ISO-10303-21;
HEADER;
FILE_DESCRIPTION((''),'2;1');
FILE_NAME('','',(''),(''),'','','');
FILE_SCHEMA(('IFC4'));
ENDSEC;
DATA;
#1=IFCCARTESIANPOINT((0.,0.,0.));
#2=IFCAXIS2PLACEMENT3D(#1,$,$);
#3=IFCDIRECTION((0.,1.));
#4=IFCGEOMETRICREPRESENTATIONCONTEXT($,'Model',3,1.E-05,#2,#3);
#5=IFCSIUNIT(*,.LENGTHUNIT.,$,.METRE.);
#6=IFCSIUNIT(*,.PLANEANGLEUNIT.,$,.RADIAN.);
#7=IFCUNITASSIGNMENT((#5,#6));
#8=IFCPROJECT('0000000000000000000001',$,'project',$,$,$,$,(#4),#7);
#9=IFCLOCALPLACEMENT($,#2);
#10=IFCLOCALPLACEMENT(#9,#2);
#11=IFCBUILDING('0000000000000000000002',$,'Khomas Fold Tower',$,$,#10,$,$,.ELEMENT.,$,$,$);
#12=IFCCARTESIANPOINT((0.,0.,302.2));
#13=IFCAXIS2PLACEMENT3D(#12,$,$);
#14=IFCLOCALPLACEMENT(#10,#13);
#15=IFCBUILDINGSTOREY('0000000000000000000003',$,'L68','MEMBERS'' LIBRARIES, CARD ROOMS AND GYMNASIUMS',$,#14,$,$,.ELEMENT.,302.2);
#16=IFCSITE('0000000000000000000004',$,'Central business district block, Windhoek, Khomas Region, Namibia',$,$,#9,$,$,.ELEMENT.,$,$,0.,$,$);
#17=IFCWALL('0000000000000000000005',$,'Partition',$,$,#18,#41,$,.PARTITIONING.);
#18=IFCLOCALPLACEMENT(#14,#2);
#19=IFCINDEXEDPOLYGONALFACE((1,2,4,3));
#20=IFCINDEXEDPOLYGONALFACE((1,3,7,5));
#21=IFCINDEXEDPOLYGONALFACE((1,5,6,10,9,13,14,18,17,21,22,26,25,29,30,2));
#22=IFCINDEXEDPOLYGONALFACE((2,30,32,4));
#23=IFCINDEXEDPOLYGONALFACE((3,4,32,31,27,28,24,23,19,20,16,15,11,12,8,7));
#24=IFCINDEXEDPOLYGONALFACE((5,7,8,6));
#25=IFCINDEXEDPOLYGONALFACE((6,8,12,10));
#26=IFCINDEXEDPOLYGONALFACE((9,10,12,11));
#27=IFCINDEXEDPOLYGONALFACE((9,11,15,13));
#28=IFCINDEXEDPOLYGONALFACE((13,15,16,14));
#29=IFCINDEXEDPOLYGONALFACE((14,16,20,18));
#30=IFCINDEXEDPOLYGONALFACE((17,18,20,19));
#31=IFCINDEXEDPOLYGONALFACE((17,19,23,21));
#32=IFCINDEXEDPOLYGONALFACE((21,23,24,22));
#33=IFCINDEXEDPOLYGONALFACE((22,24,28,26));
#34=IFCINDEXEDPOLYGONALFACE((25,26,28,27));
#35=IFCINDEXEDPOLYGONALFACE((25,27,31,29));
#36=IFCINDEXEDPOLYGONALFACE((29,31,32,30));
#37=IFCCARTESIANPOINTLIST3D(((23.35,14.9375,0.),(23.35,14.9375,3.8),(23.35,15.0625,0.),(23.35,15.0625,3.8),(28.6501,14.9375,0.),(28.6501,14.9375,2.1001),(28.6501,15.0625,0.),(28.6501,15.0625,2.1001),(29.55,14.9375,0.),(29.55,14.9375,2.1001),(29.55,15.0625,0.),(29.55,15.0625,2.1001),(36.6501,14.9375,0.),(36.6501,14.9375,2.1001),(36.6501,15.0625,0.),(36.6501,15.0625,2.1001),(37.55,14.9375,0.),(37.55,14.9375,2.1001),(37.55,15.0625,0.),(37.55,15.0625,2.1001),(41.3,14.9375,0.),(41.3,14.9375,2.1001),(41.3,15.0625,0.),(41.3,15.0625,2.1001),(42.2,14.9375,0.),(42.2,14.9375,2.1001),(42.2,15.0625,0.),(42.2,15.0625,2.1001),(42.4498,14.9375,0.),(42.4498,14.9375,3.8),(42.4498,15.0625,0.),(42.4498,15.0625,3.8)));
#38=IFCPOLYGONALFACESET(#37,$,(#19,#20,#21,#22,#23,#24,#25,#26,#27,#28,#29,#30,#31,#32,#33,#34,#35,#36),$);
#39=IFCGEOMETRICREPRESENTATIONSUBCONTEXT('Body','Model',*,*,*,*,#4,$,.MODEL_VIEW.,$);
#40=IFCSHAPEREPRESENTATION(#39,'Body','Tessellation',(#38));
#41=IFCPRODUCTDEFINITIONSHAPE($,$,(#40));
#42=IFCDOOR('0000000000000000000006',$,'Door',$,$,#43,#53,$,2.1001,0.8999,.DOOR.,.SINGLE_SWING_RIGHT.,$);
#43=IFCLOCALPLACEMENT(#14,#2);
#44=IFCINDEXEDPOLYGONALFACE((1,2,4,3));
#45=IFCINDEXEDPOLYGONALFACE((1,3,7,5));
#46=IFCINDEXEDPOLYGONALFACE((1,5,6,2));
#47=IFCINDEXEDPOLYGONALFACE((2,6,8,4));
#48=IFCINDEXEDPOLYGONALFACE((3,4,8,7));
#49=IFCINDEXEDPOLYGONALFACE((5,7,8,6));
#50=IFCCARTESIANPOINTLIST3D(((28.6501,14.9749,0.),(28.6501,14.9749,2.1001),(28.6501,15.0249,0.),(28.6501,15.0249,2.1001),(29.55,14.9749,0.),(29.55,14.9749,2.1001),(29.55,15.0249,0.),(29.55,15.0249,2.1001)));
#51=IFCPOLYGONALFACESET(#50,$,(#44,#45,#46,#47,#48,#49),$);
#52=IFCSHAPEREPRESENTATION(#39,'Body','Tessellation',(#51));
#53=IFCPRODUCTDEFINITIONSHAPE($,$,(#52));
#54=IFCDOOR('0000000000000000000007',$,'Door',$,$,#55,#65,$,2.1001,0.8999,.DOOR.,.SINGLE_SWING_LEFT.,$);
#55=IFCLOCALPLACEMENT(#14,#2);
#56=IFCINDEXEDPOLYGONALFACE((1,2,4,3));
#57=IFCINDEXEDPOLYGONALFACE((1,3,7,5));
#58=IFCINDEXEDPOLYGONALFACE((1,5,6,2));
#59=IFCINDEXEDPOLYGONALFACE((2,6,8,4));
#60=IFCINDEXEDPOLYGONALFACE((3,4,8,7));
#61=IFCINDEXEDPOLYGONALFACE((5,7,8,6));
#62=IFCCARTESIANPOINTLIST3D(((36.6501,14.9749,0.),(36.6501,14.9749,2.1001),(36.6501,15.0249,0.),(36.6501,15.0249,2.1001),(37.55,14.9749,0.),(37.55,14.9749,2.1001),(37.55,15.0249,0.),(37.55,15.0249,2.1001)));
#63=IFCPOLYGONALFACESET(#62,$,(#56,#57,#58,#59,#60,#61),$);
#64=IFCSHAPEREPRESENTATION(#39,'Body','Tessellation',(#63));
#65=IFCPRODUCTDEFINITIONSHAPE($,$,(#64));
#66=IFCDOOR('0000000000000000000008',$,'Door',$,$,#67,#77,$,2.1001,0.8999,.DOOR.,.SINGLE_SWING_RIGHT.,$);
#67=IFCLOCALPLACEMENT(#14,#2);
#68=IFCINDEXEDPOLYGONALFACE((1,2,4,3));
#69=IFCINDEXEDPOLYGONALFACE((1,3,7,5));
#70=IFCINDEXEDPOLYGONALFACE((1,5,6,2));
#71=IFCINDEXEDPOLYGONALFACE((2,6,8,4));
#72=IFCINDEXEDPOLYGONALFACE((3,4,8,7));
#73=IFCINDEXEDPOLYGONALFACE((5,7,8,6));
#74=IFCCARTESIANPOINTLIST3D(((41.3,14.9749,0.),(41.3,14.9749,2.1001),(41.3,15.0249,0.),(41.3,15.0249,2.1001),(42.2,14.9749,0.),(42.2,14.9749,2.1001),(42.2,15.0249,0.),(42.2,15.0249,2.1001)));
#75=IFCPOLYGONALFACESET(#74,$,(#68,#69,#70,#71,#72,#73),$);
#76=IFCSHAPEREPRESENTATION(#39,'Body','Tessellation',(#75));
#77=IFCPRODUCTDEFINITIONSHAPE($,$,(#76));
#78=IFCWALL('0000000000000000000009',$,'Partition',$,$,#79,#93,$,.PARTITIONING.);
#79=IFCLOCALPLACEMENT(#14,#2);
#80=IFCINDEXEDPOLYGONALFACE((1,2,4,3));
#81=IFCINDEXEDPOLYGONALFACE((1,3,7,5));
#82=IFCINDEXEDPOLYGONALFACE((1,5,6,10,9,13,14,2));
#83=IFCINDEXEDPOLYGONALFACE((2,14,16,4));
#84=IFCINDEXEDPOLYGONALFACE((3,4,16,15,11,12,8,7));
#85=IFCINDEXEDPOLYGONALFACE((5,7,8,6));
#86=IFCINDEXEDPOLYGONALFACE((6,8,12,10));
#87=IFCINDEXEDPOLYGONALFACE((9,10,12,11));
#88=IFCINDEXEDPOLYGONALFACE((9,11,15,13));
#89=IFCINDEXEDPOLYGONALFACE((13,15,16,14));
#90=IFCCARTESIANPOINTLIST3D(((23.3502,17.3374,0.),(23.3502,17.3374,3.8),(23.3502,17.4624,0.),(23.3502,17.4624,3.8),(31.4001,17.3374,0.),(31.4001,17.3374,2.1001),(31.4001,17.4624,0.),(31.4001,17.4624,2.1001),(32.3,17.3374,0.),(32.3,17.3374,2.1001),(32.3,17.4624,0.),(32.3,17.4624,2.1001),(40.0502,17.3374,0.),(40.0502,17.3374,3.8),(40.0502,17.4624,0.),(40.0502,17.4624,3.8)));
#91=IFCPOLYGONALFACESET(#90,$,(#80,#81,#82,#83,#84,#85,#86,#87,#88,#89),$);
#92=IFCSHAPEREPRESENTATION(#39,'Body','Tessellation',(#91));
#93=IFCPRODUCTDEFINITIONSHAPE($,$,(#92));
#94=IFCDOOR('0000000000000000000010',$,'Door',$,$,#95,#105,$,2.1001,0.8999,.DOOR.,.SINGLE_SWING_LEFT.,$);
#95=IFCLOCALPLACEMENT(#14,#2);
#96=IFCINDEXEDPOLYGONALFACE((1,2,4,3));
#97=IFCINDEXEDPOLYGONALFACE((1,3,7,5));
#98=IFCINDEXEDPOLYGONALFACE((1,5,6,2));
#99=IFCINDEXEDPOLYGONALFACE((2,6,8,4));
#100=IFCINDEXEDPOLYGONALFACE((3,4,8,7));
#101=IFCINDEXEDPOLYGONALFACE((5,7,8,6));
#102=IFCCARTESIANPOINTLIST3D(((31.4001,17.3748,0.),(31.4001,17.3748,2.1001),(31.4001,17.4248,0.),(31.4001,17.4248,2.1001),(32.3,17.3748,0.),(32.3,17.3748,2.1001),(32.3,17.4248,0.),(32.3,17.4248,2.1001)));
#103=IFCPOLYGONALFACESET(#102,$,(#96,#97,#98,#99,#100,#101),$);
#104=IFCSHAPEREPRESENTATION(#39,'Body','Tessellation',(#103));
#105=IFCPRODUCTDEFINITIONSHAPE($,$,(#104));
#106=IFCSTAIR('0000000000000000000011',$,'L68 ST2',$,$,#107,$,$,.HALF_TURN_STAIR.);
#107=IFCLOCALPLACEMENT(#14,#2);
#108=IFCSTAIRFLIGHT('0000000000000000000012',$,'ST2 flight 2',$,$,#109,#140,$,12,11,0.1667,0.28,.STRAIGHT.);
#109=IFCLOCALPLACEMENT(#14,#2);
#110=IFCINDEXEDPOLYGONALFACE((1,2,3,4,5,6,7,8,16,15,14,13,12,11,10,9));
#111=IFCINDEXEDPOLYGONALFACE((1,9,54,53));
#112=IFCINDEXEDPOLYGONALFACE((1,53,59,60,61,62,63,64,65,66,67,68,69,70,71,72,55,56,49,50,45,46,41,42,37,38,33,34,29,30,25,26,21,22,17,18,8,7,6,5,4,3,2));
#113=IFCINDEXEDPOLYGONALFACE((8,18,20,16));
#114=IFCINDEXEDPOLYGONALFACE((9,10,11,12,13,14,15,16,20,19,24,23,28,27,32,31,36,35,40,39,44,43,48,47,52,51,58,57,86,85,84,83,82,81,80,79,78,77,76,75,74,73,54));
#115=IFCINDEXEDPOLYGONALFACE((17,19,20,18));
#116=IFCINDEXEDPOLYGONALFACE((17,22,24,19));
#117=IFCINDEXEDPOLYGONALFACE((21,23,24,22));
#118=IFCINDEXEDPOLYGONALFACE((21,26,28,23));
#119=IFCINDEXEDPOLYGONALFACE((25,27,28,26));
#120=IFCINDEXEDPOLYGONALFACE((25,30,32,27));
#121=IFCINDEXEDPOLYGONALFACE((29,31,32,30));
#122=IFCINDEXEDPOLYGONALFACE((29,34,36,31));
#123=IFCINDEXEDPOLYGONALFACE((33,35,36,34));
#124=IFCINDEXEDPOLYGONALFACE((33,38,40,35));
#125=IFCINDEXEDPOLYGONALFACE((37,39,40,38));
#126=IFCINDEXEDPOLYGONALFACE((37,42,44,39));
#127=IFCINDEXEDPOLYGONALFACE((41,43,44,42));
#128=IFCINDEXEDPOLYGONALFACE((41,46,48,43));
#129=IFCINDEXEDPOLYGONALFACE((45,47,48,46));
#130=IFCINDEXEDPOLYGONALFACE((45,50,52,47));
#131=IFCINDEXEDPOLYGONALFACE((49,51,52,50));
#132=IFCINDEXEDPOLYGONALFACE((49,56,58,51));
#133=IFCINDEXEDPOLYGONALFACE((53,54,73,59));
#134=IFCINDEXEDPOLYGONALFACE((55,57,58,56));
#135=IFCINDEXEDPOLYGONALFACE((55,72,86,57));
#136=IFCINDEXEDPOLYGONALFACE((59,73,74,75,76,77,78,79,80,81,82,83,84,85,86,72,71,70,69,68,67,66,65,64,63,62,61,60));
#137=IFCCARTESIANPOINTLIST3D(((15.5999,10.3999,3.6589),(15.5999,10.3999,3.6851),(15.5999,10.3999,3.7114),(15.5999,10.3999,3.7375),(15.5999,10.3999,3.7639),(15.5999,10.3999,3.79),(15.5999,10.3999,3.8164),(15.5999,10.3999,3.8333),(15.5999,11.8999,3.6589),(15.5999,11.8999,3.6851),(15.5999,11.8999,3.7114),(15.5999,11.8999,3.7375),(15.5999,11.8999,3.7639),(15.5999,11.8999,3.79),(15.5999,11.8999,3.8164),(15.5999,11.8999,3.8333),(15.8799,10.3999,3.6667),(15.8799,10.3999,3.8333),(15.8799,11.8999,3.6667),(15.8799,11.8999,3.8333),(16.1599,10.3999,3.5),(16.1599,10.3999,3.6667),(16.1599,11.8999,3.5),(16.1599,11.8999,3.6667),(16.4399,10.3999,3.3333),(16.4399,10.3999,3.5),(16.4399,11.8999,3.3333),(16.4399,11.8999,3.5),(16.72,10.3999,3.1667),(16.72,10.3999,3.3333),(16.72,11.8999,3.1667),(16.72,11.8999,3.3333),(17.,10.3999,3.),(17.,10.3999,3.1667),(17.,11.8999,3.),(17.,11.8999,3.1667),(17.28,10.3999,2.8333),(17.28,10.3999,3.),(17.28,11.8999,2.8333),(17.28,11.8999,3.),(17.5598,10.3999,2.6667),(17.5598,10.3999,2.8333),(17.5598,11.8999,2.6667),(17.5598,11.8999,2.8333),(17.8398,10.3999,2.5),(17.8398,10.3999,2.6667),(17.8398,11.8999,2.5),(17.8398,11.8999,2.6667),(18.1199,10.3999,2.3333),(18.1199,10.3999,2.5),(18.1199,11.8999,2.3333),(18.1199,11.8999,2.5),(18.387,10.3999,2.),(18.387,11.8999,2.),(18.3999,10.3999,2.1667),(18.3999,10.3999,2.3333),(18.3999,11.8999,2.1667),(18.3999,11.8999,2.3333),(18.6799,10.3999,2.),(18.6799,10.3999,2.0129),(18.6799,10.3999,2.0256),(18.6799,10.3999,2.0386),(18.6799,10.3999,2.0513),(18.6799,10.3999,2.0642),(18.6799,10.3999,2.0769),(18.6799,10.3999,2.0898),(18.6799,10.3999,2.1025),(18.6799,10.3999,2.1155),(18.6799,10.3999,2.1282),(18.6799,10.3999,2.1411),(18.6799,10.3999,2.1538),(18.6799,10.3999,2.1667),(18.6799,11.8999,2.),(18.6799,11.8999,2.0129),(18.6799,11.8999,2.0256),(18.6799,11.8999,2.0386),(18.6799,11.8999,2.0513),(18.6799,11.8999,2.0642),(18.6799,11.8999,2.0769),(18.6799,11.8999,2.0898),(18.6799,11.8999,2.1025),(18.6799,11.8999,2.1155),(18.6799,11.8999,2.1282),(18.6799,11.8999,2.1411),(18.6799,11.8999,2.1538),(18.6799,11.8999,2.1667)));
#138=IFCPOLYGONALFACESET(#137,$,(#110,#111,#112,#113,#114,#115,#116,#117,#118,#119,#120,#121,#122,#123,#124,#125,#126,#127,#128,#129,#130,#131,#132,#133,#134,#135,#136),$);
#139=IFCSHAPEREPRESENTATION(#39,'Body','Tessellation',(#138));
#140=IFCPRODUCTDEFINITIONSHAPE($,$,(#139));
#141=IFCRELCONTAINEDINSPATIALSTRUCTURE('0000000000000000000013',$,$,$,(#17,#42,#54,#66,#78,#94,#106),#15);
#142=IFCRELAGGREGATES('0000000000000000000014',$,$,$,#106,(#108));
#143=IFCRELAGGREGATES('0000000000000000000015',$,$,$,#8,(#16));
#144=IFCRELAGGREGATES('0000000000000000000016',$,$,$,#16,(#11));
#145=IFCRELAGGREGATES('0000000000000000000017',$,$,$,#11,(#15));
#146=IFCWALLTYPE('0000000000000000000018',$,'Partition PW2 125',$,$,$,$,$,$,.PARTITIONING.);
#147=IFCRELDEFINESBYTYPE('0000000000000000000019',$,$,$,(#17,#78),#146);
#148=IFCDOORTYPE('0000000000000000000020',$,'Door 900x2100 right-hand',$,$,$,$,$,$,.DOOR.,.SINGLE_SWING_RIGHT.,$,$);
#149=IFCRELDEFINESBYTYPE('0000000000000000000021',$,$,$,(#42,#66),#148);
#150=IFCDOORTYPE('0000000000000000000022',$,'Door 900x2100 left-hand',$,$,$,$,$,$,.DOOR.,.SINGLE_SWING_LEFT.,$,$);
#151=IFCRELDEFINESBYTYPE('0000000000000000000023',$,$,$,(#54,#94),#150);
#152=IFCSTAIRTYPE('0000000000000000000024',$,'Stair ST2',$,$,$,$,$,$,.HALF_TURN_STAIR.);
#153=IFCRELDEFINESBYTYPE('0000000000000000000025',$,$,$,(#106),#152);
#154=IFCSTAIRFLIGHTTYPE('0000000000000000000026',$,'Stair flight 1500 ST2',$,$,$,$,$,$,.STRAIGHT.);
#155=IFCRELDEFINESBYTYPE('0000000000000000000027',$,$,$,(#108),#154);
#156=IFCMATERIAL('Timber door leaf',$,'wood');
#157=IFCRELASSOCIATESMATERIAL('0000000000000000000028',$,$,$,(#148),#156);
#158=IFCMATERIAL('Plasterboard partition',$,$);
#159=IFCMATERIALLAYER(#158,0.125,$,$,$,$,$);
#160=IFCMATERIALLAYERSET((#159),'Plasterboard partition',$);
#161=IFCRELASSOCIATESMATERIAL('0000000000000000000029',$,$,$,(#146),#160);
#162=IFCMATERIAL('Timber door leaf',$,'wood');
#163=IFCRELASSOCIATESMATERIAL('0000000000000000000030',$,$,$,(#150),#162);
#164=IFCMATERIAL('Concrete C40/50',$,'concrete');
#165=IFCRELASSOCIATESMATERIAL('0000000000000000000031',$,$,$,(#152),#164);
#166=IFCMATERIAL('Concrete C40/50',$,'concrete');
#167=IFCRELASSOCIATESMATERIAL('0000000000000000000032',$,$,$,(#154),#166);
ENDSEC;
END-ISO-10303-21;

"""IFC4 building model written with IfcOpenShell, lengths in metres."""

from ifc_helpers import new_model, si_unit, direction, frame, frame_2d, origin, place, context, subcontext, project, spatial, polyline, rectangle, outline, extrude, source, transform, mapped, material, layer, layer_set, type_object, element, fill, aggregate, save


model = new_model("IFC4")

# Units and contexts
model_context = context("Model", 3, precision=1e-05, world=origin(), true_north=direction((0.0, 1.0)))
body_context = subcontext(model_context, "Body", "Model", "MODEL_VIEW")
ifc_project = project(units=[si_unit("LENGTHUNIT", "METRE"), si_unit("PLANEANGLEUNIT", "RADIAN")], contexts=[model_context])

# Site, building, storey
site_placement = place(None, origin())
site = spatial("IfcSite", under=ifc_project, at=site_placement, Name="Central business district block, Windhoek, Khomas Region, Namibia", CompositionType="ELEMENT", RefElevation=0.0)
building_placement = place(site_placement, origin())
building = spatial("IfcBuilding", under=site, at=building_placement, Name="Khomas Fold Tower", CompositionType="ELEMENT")
storey_placement = place(building_placement, frame((0.0, 0.0, 302.2)))
storey = spatial("IfcBuildingStorey", under=building, at=storey_placement, Name="L68", Description="MEMBERS' LIBRARIES, CARD ROOMS AND GYMNASIUMS", CompositionType="ELEMENT", Elevation=302.2)

# Shared definitions
ifc_material_1 = material(Name="Timber door leaf", Category="wood")
door_type_1 = type_object("IfcDoorType", Name="Door 900x2100 right-hand", OperationType="SINGLE_SWING_RIGHT", PredefinedType="DOOR", material=ifc_material_1)

# Wall, openings, doors
ifc_material_2 = material(Name="Plasterboard partition")
ifc_layer_1 = layer(ifc_material_2, 0.125)
ifc_layer_set_1 = layer_set([ifc_layer_1], Name="Plasterboard partition")
wall_type_1 = type_object("IfcWallType", Name="Partition PW2 125", PredefinedType="PARTITIONING", material=ifc_layer_set_1)
shared_shape_1 = source(origin(), body_context, "Body", "SweptSolid", [
    extrude(rectangle(XDim=19.0999, YDim=0.125, at=frame_2d((9.5498, 0.0))), origin(), (0.0, 0.0, 1.0), 3.8),
])
wall_1_placement = place(storey_placement, frame((23.3501, 15.0, 0.0), z_axis=(0.0, 0.0, 1.0), x_axis=(1.0, 0.0, 0.0)))
wall_1 = element("IfcWall", 1, at=wall_1_placement, inside=storey, type_object=wall_type_1, Name="Partition", PredefinedType="PARTITIONING", context=body_context, shape_type="MappedRepresentation", body=[
    mapped(shared_shape_1, transform((0.0, 0.0, 0.0))),
])
shared_shape_2 = source(origin(), body_context, "Body", "SweptSolid", [
    extrude(rectangle(XDim=0.8999, YDim=2.1001, at=frame_2d((0.45, 1.05))), frame((0.0, 0.0725, 0.0), z_axis=(0.0, -1.0, 0.0), x_axis=(1.0, 0.0, 0.0)), (0.0, 0.0, 1.0), 0.145),
])
opening_1_placement = place(wall_1_placement, frame((5.3, 0.0, 0.0)))
opening_1 = element("IfcOpeningElement", 2, at=opening_1_placement, cuts=wall_1, PredefinedType="OPENING", context=body_context, shape_type="MappedRepresentation", body=[
    mapped(shared_shape_2, transform((0.0, 0.0, 0.0))),
])
opening_2_placement = place(wall_1_placement, frame((13.3, 0.0, 0.0)))
opening_2 = element("IfcOpeningElement", 3, at=opening_2_placement, cuts=wall_1, PredefinedType="OPENING", context=body_context, shape_type="MappedRepresentation", body=[
    mapped(shared_shape_2, transform((0.0, 0.0, 0.0))),
])
opening_3_placement = place(wall_1_placement, frame((17.95, 0.0, 0.0)))
opening_3 = element("IfcOpeningElement", 4, at=opening_3_placement, cuts=wall_1, PredefinedType="OPENING", context=body_context, shape_type="MappedRepresentation", body=[
    mapped(shared_shape_2, transform((0.0, 0.0, 0.0))),
])
shared_shape_3 = source(origin(), body_context, "Body", "SweptSolid", [
    extrude(rectangle(XDim=0.8999, YDim=2.1001, at=frame_2d((0.45, 1.05))), frame((0.0, 0.0249, 0.0), z_axis=(0.0, -1.0, 0.0), x_axis=(1.0, 0.0, 0.0)), (0.0, 0.0, 1.0), 0.05),
])
door_1_placement = place(opening_1_placement, origin())
door_1 = element("IfcDoor", 5, at=door_1_placement, inside=storey, type_object=door_type_1, Name="Door", OperationType="SINGLE_SWING_RIGHT", OverallHeight=2.1001, OverallWidth=0.8999, PredefinedType="DOOR", context=body_context, shape_type="MappedRepresentation", body=[
    mapped(shared_shape_3, transform((0.0, 0.0, 0.0))),
])
fill(opening_1, door_1)
ifc_material_3 = material(Name="Timber door leaf", Category="wood")
door_type_2 = type_object("IfcDoorType", Name="Door 900x2100 left-hand", OperationType="SINGLE_SWING_LEFT", PredefinedType="DOOR", material=ifc_material_3)
door_2_placement = place(opening_2_placement, origin())
door_2 = element("IfcDoor", 6, at=door_2_placement, inside=storey, type_object=door_type_2, Name="Door", OperationType="SINGLE_SWING_LEFT", OverallHeight=2.1001, OverallWidth=0.8999, PredefinedType="DOOR", context=body_context, shape_type="MappedRepresentation", body=[
    mapped(shared_shape_3, transform((0.0, 0.0, 0.0))),
])
fill(opening_2, door_2)
door_3_placement = place(opening_3_placement, origin())
door_3 = element("IfcDoor", 7, at=door_3_placement, inside=storey, type_object=door_type_1, Name="Door", OperationType="SINGLE_SWING_RIGHT", OverallHeight=2.1001, OverallWidth=0.8999, PredefinedType="DOOR", context=body_context, shape_type="MappedRepresentation", body=[
    mapped(shared_shape_3, transform((0.0, 0.0, 0.0))),
])
fill(opening_3, door_3)

# Wall, opening, door
shared_shape_4 = source(origin(), body_context, "Body", "SweptSolid", [
    extrude(rectangle(XDim=16.7, YDim=0.125, at=frame_2d((8.3501, 0.0))), origin(), (0.0, 0.0, 1.0), 3.8),
])
wall_2_placement = place(storey_placement, frame((23.3501, 17.3999, 0.0), z_axis=(0.0, 0.0, 1.0), x_axis=(1.0, 0.0, 0.0)))
wall_2 = element("IfcWall", 8, at=wall_2_placement, inside=storey, type_object=wall_type_1, Name="Partition", PredefinedType="PARTITIONING", context=body_context, shape_type="MappedRepresentation", body=[
    mapped(shared_shape_4, transform((0.0, 0.0, 0.0))),
])
opening_4_placement = place(wall_2_placement, frame((8.05, 0.0, 0.0)))
opening_4 = element("IfcOpeningElement", 9, at=opening_4_placement, cuts=wall_2, PredefinedType="OPENING", context=body_context, shape_type="MappedRepresentation", body=[
    mapped(shared_shape_2, transform((0.0, 0.0, 0.0))),
])
door_4_placement = place(opening_4_placement, origin())
door_4 = element("IfcDoor", 10, at=door_4_placement, inside=storey, type_object=door_type_2, Name="Door", OperationType="SINGLE_SWING_LEFT", OverallHeight=2.1001, OverallWidth=0.8999, PredefinedType="DOOR", context=body_context, shape_type="MappedRepresentation", body=[
    mapped(shared_shape_3, transform((0.0, 0.0, 0.0))),
])
fill(opening_4, door_4)

# Stair, stair flight
ifc_material_4 = material(Name="Concrete C40/50", Category="concrete")
stair_type = type_object("IfcStairType", Name="Stair ST2", PredefinedType="HALF_TURN_STAIR", material=ifc_material_4)
stair_placement = place(storey_placement, origin())
stair = element("IfcStair", 11, at=stair_placement, inside=storey, type_object=stair_type, Name="L68 ST2", PredefinedType="HALF_TURN_STAIR")
ifc_material_5 = material(Name="Concrete C40/50", Category="concrete")
stair_flight_type = type_object("IfcStairFlightType", Name="Stair flight 1500 ST2", PredefinedType="STRAIGHT", material=ifc_material_5)
shared_shape_5 = source(origin(), body_context, "Body", "SweptSolid", [
    extrude(outline(polyline([(0.0, 0.0), (0.0, 0.0129), (0.0, 0.0256), (0.0, 0.0386), (0.0, 0.0513), (0.0, 0.0642), (0.0, 0.0769), (0.0, 0.0898), (0.0, 0.1025), (0.0, 0.1155), (0.0, 0.1282), (0.0, 0.1411), (0.0, 0.1538), (0.0, 0.1667), (0.28, 0.1667), (0.28, 0.3333), (0.5601, 0.3333), (0.5601, 0.5), (0.8401, 0.5), (0.8401, 0.6667), (1.1201, 0.6667), (1.1201, 0.8333), (1.3999, 0.8333), (1.3999, 1.0), (1.6799, 1.0), (1.6799, 1.1667), (1.96, 1.1667), (1.96, 1.3333), (2.24, 1.3333), (2.24, 1.5), (2.52, 1.5), (2.52, 1.6667), (2.8, 1.6667), (2.8, 1.8333), (3.0801, 1.8333), (3.0801, 2.0), (3.0801, 1.9739), (3.0801, 1.9475), (3.0801, 1.9214), (3.0801, 1.895), (3.0801, 1.8689), (3.0801, 1.8425), (3.0801, 1.8164), (3.0801, 1.79), (3.0801, 1.7639), (3.0801, 1.7375), (3.0801, 1.7114), (3.0801, 1.6851), (3.0801, 1.6589), (0.293, 0.0), (0.0, 0.0)])), frame((0.0, 0.75, 0.0), z_axis=(0.0, -1.0, 0.0), x_axis=(1.0, 0.0, 0.0)), (0.0, 0.0, 1.0), 1.5),
])
stair_flight_placement = place(storey_placement, frame((18.6799, 11.1499, 2.0), z_axis=(0.0, 0.0, 1.0), x_axis=(-1.0, 0.0, 0.0)))
stair_flight = element("IfcStairFlight", 12, at=stair_flight_placement, type_object=stair_flight_type, Name="ST2 flight 2", NumberOfRisers=12, NumberOfTreads=11, PredefinedType="STRAIGHT", RiserHeight=0.1667, TreadLength=0.28, context=body_context, shape_type="MappedRepresentation", body=[
    mapped(shared_shape_5, transform((0.0, 0.0, 0.0))),
])
aggregate(stair, [stair_flight])

save(model, "model.ifc")
